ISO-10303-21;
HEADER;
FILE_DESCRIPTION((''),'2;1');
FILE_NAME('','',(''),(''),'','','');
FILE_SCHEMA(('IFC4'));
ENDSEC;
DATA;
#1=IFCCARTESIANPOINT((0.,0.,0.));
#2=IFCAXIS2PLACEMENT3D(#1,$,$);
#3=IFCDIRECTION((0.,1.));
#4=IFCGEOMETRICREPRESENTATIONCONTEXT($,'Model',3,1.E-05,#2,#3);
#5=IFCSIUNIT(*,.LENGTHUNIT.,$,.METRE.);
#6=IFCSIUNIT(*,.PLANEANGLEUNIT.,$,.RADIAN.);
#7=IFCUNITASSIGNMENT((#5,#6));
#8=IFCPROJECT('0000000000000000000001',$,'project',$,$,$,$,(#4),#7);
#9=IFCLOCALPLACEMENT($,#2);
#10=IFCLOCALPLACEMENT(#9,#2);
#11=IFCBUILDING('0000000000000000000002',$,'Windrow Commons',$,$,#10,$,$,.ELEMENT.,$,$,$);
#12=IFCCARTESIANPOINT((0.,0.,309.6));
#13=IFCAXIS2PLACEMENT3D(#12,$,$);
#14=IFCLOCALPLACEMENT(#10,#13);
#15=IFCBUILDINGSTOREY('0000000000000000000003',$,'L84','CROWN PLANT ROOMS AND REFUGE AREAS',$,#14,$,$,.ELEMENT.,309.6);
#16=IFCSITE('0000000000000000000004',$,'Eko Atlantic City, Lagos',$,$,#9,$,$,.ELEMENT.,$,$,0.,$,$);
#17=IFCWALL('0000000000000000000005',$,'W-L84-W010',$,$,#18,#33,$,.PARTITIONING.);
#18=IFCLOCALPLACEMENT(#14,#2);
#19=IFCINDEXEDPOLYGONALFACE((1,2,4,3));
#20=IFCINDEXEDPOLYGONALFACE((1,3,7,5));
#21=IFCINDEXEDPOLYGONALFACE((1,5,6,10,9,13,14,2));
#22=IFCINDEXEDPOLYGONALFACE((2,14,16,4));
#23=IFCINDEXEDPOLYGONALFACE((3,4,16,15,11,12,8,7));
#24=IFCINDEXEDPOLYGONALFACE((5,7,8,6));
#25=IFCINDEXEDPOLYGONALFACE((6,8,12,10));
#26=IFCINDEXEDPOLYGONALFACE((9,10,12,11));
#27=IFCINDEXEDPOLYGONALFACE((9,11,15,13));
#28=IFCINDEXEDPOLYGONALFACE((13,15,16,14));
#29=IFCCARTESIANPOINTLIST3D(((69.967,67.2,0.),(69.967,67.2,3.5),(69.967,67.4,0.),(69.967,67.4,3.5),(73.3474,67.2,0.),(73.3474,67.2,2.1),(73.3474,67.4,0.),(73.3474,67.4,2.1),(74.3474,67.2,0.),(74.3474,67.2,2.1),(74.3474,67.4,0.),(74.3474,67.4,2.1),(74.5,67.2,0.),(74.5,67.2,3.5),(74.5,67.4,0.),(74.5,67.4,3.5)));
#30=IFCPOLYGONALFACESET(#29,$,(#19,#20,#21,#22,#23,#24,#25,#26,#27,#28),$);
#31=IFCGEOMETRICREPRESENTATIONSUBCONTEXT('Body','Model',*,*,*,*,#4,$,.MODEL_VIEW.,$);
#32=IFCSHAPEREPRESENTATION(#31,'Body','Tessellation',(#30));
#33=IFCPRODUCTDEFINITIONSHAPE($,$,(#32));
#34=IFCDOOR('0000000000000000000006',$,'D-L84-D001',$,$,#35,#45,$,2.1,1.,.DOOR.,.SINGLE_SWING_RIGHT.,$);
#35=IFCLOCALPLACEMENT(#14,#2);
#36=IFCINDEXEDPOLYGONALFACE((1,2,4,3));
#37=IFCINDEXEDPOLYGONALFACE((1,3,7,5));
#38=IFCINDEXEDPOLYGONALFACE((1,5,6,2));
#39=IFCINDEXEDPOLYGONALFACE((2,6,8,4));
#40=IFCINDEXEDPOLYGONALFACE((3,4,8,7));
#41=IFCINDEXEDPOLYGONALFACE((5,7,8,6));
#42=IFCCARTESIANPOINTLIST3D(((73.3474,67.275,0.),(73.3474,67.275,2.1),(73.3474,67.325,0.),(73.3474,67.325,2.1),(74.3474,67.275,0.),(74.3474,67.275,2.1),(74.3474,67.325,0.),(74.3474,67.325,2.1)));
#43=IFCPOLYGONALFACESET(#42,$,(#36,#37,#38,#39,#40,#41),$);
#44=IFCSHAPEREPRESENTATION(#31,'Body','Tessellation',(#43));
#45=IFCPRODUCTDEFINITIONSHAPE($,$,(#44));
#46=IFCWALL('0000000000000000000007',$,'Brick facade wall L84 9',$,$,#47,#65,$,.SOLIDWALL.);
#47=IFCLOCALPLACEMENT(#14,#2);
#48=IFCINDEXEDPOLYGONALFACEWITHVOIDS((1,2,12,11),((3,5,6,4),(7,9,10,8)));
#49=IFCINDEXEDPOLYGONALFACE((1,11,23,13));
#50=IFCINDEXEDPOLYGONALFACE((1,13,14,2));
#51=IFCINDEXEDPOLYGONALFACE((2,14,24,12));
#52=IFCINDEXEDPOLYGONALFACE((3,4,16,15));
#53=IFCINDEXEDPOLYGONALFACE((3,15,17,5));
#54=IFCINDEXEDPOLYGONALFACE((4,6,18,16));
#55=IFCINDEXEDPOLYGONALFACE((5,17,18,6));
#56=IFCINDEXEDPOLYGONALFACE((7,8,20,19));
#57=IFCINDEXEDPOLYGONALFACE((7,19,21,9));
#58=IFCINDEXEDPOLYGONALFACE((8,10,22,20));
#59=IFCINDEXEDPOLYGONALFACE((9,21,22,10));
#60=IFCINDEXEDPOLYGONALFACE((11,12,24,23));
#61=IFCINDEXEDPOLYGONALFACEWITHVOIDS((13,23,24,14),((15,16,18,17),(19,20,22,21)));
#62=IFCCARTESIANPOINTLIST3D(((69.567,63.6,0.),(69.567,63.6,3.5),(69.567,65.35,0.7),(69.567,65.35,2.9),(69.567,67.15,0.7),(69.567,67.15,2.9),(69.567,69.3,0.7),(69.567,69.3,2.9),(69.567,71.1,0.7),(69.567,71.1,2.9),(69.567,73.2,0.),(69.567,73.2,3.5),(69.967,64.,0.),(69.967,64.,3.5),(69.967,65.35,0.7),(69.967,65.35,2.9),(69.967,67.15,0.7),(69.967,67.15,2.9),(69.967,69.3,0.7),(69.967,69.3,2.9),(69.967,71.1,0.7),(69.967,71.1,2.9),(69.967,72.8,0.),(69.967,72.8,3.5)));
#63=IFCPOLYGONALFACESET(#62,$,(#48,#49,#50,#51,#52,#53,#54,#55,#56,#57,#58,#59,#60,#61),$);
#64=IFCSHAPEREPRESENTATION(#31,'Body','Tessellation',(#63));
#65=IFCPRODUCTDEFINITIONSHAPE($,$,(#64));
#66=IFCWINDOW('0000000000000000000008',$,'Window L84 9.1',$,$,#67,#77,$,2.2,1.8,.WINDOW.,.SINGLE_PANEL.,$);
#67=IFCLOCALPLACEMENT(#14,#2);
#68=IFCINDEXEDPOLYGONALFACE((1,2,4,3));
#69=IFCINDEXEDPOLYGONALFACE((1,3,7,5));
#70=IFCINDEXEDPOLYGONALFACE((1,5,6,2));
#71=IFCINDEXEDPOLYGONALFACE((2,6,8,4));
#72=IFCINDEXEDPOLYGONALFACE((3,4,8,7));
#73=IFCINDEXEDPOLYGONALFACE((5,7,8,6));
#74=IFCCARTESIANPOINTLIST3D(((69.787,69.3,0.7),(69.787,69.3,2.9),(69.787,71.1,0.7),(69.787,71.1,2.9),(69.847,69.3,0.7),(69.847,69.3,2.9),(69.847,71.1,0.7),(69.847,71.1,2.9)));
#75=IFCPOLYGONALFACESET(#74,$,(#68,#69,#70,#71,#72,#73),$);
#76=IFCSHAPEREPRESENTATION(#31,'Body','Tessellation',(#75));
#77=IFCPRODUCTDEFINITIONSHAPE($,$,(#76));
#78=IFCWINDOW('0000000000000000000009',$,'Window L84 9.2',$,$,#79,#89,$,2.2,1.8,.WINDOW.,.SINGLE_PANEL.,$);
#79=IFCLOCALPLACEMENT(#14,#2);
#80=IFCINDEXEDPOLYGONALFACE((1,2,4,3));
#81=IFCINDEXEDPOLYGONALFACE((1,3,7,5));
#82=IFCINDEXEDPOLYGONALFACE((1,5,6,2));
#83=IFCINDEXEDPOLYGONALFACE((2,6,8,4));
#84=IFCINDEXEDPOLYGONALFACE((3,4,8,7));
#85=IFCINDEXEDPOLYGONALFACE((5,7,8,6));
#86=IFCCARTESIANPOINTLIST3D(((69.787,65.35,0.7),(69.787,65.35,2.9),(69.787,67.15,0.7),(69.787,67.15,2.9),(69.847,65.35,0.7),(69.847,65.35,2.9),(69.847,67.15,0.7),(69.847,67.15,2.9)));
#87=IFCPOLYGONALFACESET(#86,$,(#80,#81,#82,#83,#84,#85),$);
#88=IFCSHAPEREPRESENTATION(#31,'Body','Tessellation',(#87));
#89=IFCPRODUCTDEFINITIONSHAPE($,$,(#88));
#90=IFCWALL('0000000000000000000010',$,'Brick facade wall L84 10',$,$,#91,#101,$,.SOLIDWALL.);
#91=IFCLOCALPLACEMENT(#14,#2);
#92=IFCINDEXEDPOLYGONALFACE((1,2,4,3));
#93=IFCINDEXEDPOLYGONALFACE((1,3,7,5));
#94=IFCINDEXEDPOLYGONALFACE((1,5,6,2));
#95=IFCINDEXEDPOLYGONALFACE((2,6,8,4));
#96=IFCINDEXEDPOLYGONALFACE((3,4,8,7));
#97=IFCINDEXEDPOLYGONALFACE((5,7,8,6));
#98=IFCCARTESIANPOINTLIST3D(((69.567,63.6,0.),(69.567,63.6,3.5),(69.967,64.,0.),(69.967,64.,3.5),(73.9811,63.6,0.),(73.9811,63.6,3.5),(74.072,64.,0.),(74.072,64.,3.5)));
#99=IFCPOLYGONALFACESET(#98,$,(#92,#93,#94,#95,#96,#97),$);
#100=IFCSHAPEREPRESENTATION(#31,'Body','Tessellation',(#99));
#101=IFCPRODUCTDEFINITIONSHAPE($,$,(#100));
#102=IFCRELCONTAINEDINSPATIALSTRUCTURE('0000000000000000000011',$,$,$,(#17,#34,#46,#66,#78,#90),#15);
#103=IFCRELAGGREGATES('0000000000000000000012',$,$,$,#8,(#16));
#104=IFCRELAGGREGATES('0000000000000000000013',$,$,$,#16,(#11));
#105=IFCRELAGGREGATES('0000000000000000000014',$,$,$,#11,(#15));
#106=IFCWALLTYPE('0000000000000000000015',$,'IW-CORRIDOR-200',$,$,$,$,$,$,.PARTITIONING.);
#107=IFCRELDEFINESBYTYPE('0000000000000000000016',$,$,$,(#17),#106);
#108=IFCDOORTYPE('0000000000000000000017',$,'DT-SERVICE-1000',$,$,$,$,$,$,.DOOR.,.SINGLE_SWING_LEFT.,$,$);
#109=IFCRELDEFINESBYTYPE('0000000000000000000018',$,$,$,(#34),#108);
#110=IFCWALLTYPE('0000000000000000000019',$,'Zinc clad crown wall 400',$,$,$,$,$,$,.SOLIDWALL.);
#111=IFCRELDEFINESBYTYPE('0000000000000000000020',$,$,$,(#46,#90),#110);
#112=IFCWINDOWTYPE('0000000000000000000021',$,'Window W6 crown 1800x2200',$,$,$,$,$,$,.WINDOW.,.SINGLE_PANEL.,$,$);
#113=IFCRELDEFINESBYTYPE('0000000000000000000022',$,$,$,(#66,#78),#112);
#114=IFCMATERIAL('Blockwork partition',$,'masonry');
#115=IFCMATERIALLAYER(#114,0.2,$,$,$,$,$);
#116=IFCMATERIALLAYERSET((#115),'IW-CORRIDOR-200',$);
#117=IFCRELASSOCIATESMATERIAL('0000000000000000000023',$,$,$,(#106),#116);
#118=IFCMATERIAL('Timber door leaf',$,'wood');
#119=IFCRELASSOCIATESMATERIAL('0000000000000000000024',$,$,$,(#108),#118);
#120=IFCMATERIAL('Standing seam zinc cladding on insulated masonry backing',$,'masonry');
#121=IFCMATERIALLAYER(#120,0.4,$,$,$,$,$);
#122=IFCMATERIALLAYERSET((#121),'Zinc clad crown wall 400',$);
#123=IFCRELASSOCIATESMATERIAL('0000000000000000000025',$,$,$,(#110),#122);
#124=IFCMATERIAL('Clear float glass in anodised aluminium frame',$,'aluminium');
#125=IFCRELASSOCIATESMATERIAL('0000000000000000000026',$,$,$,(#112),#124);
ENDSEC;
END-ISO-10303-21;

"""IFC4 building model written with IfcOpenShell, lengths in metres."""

from ifc_helpers import new_model, si_unit, direction, frame, frame_2d, origin, place, context, subcontext, project, spatial, polyline, rectangle, outline, extrude, material, layer, layer_set, type_object, element, fill, save


model = new_model("IFC4")

# Units and contexts
model_context = context("Model", 3, precision=1e-05, world=origin(), true_north=direction((0.0, 1.0)))
body_context = subcontext(model_context, "Body", "Model", "MODEL_VIEW")
ifc_project = project(units=[si_unit("LENGTHUNIT", "METRE"), si_unit("PLANEANGLEUNIT", "RADIAN")], contexts=[model_context])

# Site, building, storey
site_placement = place(None, origin())
site = spatial("IfcSite", under=ifc_project, at=site_placement, Name="Eko Atlantic City, Lagos", CompositionType="ELEMENT", RefElevation=0.0)
building_placement = place(site_placement, origin())
building = spatial("IfcBuilding", under=site, at=building_placement, Name="Windrow Commons", CompositionType="ELEMENT")
storey_placement = place(building_placement, frame((0.0, 0.0, 309.6)))
storey = spatial("IfcBuildingStorey", under=building, at=storey_placement, Name="L84", Description="CROWN PLANT ROOMS AND REFUGE AREAS", CompositionType="ELEMENT", Elevation=309.6)

# Wall, opening, door
ifc_material_1 = material(Name="Blockwork partition", Category="masonry")
ifc_layer_1 = layer(ifc_material_1, 0.2)
ifc_layer_set_1 = layer_set([ifc_layer_1], Name="IW-CORRIDOR-200")
wall_type_1 = type_object("IfcWallType", Name="IW-CORRIDOR-200", PredefinedType="PARTITIONING", material=ifc_layer_set_1)
wall_1_placement = place(storey_placement, frame((69.967, 67.3, 0.0), z_axis=(0.0, 0.0, 1.0), x_axis=(1.0, 0.0, 0.0)))
wall_1 = element("IfcWall", 1, at=wall_1_placement, inside=storey, type_object=wall_type_1, Name="W-L84-W010", PredefinedType="PARTITIONING", context=body_context, shape_type="SweptSolid", body=[
    extrude(rectangle(XDim=4.533, YDim=0.2, at=frame_2d((2.2665, 0.0))), origin(), (0.0, 0.0, 1.0), 3.5),
])
opening_1_placement = place(wall_1_placement, frame((3.3804, 0.0, 0.0)))
opening_1 = element("IfcOpeningElement", 2, at=opening_1_placement, cuts=wall_1, PredefinedType="OPENING", context=body_context, shape_type="SweptSolid", body=[
    extrude(rectangle(XDim=1.0, YDim=2.1, at=frame_2d((0.5, 1.05))), frame((0.0, 0.11, 0.0), z_axis=(0.0, -1.0, 0.0), x_axis=(1.0, 0.0, 0.0)), (0.0, 0.0, 1.0), 0.22),
])
ifc_material_2 = material(Name="Timber door leaf", Category="wood")
door_type = type_object("IfcDoorType", Name="DT-SERVICE-1000", OperationType="SINGLE_SWING_LEFT", PredefinedType="DOOR", material=ifc_material_2)
door_placement = place(opening_1_placement, origin())
door = element("IfcDoor", 3, at=door_placement, inside=storey, type_object=door_type, Name="D-L84-D001", OperationType="SINGLE_SWING_RIGHT", OverallHeight=2.1, OverallWidth=1.0, PredefinedType="DOOR", context=body_context, shape_type="SweptSolid", body=[
    extrude(rectangle(XDim=1.0, YDim=2.1, at=frame_2d((0.5, 1.05))), frame((0.0, 0.025, 0.0), z_axis=(0.0, -1.0, 0.0), x_axis=(1.0, 0.0, 0.0)), (0.0, 0.0, 1.0), 0.05),
])
fill(opening_1, door)

# Wall, openings, windows
ifc_material_3 = material(Name="Standing seam zinc cladding on insulated masonry backing", Category="masonry")
ifc_layer_2 = layer(ifc_material_3, 0.4)
ifc_layer_set_2 = layer_set([ifc_layer_2], Name="Zinc clad crown wall 400")
wall_type_2 = type_object("IfcWallType", Name="Zinc clad crown wall 400", PredefinedType="SOLIDWALL", material=ifc_layer_set_2)
wall_2_placement = place(storey_placement, frame((69.767, 73.0, 0.0), z_axis=(0.0, 0.0, 1.0), x_axis=(0.0, -1.0, 0.0)))
wall_2 = element("IfcWall", 4, at=wall_2_placement, inside=storey, type_object=wall_type_2, Name="Brick facade wall L84 9", PredefinedType="SOLIDWALL", context=body_context, shape_type="SweptSolid", body=[
    extrude(outline(polyline([(-0.2, -0.2), (9.4, -0.2), (9.0, 0.2), (0.2, 0.2), (-0.2, -0.2)])), origin(), (0.0, 0.0, 1.0), 3.5),
])
opening_2_placement = place(wall_2_placement, frame((1.9, 0.0, 0.7)))
opening_2 = element("IfcOpeningElement", 5, at=opening_2_placement, cuts=wall_2, PredefinedType="OPENING", context=body_context, shape_type="SweptSolid", body=[
    extrude(rectangle(XDim=1.8, YDim=2.2, at=frame_2d((0.9, 1.1))), frame((0.0, 0.21, 0.0), z_axis=(0.0, -1.0, 0.0), x_axis=(1.0, 0.0, 0.0)), (0.0, 0.0, 1.0), 0.42),
])
opening_3_placement = place(wall_2_placement, frame((5.85, 0.0, 0.7)))
opening_3 = element("IfcOpeningElement", 6, at=opening_3_placement, cuts=wall_2, PredefinedType="OPENING", context=body_context, shape_type="SweptSolid", body=[
    extrude(rectangle(XDim=1.8, YDim=2.2, at=frame_2d((0.9, 1.1))), frame((0.0, 0.21, 0.0), z_axis=(0.0, -1.0, 0.0), x_axis=(1.0, 0.0, 0.0)), (0.0, 0.0, 1.0), 0.42),
])
ifc_material_4 = material(Name="Clear float glass in anodised aluminium frame", Category="aluminium")
window_type = type_object("IfcWindowType", Name="Window W6 crown 1800x2200", PartitioningType="SINGLE_PANEL", PredefinedType="WINDOW", material=ifc_material_4)
window_1_placement = place(opening_2_placement, origin())
window_1 = element("IfcWindow", 7, at=window_1_placement, inside=storey, type_object=window_type, Name="Window L84 9.1", OverallHeight=2.2, OverallWidth=1.8, PartitioningType="SINGLE_PANEL", PredefinedType="WINDOW", context=body_context, shape_type="SweptSolid", body=[
    extrude(rectangle(XDim=1.8, YDim=2.2, at=frame_2d((0.9, 1.1))), frame((0.0, 0.08, 0.0), z_axis=(0.0, -1.0, 0.0), x_axis=(1.0, 0.0, 0.0)), (0.0, 0.0, 1.0), 0.06),
])
fill(opening_2, window_1)
window_2_placement = place(opening_3_placement, origin())
window_2 = element("IfcWindow", 8, at=window_2_placement, inside=storey, type_object=window_type, Name="Window L84 9.2", OverallHeight=2.2, OverallWidth=1.8, PartitioningType="SINGLE_PANEL", PredefinedType="WINDOW", context=body_context, shape_type="SweptSolid", body=[
    extrude(rectangle(XDim=1.8, YDim=2.2, at=frame_2d((0.9, 1.1))), frame((0.0, 0.08, 0.0), z_axis=(0.0, -1.0, 0.0), x_axis=(1.0, 0.0, 0.0)), (0.0, 0.0, 1.0), 0.06),
])
fill(opening_3, window_2)

# Wall
wall_3_placement = place(storey_placement, frame((69.767, 63.8, 0.0), z_axis=(0.0, 0.0, 1.0), x_axis=(1.0, 0.0, 0.0)))
element("IfcWall", 9, at=wall_3_placement, inside=storey, type_object=wall_type_2, Name="Brick facade wall L84 10", PredefinedType="SOLIDWALL", context=body_context, shape_type="SweptSolid", body=[
    extrude(outline(polyline([(-0.2, -0.2), (4.2141, -0.2), (4.305, 0.2), (0.2, 0.2), (-0.2, -0.2)])), origin(), (0.0, 0.0, 1.0), 3.5),
])

save(model, "model.ifc")
